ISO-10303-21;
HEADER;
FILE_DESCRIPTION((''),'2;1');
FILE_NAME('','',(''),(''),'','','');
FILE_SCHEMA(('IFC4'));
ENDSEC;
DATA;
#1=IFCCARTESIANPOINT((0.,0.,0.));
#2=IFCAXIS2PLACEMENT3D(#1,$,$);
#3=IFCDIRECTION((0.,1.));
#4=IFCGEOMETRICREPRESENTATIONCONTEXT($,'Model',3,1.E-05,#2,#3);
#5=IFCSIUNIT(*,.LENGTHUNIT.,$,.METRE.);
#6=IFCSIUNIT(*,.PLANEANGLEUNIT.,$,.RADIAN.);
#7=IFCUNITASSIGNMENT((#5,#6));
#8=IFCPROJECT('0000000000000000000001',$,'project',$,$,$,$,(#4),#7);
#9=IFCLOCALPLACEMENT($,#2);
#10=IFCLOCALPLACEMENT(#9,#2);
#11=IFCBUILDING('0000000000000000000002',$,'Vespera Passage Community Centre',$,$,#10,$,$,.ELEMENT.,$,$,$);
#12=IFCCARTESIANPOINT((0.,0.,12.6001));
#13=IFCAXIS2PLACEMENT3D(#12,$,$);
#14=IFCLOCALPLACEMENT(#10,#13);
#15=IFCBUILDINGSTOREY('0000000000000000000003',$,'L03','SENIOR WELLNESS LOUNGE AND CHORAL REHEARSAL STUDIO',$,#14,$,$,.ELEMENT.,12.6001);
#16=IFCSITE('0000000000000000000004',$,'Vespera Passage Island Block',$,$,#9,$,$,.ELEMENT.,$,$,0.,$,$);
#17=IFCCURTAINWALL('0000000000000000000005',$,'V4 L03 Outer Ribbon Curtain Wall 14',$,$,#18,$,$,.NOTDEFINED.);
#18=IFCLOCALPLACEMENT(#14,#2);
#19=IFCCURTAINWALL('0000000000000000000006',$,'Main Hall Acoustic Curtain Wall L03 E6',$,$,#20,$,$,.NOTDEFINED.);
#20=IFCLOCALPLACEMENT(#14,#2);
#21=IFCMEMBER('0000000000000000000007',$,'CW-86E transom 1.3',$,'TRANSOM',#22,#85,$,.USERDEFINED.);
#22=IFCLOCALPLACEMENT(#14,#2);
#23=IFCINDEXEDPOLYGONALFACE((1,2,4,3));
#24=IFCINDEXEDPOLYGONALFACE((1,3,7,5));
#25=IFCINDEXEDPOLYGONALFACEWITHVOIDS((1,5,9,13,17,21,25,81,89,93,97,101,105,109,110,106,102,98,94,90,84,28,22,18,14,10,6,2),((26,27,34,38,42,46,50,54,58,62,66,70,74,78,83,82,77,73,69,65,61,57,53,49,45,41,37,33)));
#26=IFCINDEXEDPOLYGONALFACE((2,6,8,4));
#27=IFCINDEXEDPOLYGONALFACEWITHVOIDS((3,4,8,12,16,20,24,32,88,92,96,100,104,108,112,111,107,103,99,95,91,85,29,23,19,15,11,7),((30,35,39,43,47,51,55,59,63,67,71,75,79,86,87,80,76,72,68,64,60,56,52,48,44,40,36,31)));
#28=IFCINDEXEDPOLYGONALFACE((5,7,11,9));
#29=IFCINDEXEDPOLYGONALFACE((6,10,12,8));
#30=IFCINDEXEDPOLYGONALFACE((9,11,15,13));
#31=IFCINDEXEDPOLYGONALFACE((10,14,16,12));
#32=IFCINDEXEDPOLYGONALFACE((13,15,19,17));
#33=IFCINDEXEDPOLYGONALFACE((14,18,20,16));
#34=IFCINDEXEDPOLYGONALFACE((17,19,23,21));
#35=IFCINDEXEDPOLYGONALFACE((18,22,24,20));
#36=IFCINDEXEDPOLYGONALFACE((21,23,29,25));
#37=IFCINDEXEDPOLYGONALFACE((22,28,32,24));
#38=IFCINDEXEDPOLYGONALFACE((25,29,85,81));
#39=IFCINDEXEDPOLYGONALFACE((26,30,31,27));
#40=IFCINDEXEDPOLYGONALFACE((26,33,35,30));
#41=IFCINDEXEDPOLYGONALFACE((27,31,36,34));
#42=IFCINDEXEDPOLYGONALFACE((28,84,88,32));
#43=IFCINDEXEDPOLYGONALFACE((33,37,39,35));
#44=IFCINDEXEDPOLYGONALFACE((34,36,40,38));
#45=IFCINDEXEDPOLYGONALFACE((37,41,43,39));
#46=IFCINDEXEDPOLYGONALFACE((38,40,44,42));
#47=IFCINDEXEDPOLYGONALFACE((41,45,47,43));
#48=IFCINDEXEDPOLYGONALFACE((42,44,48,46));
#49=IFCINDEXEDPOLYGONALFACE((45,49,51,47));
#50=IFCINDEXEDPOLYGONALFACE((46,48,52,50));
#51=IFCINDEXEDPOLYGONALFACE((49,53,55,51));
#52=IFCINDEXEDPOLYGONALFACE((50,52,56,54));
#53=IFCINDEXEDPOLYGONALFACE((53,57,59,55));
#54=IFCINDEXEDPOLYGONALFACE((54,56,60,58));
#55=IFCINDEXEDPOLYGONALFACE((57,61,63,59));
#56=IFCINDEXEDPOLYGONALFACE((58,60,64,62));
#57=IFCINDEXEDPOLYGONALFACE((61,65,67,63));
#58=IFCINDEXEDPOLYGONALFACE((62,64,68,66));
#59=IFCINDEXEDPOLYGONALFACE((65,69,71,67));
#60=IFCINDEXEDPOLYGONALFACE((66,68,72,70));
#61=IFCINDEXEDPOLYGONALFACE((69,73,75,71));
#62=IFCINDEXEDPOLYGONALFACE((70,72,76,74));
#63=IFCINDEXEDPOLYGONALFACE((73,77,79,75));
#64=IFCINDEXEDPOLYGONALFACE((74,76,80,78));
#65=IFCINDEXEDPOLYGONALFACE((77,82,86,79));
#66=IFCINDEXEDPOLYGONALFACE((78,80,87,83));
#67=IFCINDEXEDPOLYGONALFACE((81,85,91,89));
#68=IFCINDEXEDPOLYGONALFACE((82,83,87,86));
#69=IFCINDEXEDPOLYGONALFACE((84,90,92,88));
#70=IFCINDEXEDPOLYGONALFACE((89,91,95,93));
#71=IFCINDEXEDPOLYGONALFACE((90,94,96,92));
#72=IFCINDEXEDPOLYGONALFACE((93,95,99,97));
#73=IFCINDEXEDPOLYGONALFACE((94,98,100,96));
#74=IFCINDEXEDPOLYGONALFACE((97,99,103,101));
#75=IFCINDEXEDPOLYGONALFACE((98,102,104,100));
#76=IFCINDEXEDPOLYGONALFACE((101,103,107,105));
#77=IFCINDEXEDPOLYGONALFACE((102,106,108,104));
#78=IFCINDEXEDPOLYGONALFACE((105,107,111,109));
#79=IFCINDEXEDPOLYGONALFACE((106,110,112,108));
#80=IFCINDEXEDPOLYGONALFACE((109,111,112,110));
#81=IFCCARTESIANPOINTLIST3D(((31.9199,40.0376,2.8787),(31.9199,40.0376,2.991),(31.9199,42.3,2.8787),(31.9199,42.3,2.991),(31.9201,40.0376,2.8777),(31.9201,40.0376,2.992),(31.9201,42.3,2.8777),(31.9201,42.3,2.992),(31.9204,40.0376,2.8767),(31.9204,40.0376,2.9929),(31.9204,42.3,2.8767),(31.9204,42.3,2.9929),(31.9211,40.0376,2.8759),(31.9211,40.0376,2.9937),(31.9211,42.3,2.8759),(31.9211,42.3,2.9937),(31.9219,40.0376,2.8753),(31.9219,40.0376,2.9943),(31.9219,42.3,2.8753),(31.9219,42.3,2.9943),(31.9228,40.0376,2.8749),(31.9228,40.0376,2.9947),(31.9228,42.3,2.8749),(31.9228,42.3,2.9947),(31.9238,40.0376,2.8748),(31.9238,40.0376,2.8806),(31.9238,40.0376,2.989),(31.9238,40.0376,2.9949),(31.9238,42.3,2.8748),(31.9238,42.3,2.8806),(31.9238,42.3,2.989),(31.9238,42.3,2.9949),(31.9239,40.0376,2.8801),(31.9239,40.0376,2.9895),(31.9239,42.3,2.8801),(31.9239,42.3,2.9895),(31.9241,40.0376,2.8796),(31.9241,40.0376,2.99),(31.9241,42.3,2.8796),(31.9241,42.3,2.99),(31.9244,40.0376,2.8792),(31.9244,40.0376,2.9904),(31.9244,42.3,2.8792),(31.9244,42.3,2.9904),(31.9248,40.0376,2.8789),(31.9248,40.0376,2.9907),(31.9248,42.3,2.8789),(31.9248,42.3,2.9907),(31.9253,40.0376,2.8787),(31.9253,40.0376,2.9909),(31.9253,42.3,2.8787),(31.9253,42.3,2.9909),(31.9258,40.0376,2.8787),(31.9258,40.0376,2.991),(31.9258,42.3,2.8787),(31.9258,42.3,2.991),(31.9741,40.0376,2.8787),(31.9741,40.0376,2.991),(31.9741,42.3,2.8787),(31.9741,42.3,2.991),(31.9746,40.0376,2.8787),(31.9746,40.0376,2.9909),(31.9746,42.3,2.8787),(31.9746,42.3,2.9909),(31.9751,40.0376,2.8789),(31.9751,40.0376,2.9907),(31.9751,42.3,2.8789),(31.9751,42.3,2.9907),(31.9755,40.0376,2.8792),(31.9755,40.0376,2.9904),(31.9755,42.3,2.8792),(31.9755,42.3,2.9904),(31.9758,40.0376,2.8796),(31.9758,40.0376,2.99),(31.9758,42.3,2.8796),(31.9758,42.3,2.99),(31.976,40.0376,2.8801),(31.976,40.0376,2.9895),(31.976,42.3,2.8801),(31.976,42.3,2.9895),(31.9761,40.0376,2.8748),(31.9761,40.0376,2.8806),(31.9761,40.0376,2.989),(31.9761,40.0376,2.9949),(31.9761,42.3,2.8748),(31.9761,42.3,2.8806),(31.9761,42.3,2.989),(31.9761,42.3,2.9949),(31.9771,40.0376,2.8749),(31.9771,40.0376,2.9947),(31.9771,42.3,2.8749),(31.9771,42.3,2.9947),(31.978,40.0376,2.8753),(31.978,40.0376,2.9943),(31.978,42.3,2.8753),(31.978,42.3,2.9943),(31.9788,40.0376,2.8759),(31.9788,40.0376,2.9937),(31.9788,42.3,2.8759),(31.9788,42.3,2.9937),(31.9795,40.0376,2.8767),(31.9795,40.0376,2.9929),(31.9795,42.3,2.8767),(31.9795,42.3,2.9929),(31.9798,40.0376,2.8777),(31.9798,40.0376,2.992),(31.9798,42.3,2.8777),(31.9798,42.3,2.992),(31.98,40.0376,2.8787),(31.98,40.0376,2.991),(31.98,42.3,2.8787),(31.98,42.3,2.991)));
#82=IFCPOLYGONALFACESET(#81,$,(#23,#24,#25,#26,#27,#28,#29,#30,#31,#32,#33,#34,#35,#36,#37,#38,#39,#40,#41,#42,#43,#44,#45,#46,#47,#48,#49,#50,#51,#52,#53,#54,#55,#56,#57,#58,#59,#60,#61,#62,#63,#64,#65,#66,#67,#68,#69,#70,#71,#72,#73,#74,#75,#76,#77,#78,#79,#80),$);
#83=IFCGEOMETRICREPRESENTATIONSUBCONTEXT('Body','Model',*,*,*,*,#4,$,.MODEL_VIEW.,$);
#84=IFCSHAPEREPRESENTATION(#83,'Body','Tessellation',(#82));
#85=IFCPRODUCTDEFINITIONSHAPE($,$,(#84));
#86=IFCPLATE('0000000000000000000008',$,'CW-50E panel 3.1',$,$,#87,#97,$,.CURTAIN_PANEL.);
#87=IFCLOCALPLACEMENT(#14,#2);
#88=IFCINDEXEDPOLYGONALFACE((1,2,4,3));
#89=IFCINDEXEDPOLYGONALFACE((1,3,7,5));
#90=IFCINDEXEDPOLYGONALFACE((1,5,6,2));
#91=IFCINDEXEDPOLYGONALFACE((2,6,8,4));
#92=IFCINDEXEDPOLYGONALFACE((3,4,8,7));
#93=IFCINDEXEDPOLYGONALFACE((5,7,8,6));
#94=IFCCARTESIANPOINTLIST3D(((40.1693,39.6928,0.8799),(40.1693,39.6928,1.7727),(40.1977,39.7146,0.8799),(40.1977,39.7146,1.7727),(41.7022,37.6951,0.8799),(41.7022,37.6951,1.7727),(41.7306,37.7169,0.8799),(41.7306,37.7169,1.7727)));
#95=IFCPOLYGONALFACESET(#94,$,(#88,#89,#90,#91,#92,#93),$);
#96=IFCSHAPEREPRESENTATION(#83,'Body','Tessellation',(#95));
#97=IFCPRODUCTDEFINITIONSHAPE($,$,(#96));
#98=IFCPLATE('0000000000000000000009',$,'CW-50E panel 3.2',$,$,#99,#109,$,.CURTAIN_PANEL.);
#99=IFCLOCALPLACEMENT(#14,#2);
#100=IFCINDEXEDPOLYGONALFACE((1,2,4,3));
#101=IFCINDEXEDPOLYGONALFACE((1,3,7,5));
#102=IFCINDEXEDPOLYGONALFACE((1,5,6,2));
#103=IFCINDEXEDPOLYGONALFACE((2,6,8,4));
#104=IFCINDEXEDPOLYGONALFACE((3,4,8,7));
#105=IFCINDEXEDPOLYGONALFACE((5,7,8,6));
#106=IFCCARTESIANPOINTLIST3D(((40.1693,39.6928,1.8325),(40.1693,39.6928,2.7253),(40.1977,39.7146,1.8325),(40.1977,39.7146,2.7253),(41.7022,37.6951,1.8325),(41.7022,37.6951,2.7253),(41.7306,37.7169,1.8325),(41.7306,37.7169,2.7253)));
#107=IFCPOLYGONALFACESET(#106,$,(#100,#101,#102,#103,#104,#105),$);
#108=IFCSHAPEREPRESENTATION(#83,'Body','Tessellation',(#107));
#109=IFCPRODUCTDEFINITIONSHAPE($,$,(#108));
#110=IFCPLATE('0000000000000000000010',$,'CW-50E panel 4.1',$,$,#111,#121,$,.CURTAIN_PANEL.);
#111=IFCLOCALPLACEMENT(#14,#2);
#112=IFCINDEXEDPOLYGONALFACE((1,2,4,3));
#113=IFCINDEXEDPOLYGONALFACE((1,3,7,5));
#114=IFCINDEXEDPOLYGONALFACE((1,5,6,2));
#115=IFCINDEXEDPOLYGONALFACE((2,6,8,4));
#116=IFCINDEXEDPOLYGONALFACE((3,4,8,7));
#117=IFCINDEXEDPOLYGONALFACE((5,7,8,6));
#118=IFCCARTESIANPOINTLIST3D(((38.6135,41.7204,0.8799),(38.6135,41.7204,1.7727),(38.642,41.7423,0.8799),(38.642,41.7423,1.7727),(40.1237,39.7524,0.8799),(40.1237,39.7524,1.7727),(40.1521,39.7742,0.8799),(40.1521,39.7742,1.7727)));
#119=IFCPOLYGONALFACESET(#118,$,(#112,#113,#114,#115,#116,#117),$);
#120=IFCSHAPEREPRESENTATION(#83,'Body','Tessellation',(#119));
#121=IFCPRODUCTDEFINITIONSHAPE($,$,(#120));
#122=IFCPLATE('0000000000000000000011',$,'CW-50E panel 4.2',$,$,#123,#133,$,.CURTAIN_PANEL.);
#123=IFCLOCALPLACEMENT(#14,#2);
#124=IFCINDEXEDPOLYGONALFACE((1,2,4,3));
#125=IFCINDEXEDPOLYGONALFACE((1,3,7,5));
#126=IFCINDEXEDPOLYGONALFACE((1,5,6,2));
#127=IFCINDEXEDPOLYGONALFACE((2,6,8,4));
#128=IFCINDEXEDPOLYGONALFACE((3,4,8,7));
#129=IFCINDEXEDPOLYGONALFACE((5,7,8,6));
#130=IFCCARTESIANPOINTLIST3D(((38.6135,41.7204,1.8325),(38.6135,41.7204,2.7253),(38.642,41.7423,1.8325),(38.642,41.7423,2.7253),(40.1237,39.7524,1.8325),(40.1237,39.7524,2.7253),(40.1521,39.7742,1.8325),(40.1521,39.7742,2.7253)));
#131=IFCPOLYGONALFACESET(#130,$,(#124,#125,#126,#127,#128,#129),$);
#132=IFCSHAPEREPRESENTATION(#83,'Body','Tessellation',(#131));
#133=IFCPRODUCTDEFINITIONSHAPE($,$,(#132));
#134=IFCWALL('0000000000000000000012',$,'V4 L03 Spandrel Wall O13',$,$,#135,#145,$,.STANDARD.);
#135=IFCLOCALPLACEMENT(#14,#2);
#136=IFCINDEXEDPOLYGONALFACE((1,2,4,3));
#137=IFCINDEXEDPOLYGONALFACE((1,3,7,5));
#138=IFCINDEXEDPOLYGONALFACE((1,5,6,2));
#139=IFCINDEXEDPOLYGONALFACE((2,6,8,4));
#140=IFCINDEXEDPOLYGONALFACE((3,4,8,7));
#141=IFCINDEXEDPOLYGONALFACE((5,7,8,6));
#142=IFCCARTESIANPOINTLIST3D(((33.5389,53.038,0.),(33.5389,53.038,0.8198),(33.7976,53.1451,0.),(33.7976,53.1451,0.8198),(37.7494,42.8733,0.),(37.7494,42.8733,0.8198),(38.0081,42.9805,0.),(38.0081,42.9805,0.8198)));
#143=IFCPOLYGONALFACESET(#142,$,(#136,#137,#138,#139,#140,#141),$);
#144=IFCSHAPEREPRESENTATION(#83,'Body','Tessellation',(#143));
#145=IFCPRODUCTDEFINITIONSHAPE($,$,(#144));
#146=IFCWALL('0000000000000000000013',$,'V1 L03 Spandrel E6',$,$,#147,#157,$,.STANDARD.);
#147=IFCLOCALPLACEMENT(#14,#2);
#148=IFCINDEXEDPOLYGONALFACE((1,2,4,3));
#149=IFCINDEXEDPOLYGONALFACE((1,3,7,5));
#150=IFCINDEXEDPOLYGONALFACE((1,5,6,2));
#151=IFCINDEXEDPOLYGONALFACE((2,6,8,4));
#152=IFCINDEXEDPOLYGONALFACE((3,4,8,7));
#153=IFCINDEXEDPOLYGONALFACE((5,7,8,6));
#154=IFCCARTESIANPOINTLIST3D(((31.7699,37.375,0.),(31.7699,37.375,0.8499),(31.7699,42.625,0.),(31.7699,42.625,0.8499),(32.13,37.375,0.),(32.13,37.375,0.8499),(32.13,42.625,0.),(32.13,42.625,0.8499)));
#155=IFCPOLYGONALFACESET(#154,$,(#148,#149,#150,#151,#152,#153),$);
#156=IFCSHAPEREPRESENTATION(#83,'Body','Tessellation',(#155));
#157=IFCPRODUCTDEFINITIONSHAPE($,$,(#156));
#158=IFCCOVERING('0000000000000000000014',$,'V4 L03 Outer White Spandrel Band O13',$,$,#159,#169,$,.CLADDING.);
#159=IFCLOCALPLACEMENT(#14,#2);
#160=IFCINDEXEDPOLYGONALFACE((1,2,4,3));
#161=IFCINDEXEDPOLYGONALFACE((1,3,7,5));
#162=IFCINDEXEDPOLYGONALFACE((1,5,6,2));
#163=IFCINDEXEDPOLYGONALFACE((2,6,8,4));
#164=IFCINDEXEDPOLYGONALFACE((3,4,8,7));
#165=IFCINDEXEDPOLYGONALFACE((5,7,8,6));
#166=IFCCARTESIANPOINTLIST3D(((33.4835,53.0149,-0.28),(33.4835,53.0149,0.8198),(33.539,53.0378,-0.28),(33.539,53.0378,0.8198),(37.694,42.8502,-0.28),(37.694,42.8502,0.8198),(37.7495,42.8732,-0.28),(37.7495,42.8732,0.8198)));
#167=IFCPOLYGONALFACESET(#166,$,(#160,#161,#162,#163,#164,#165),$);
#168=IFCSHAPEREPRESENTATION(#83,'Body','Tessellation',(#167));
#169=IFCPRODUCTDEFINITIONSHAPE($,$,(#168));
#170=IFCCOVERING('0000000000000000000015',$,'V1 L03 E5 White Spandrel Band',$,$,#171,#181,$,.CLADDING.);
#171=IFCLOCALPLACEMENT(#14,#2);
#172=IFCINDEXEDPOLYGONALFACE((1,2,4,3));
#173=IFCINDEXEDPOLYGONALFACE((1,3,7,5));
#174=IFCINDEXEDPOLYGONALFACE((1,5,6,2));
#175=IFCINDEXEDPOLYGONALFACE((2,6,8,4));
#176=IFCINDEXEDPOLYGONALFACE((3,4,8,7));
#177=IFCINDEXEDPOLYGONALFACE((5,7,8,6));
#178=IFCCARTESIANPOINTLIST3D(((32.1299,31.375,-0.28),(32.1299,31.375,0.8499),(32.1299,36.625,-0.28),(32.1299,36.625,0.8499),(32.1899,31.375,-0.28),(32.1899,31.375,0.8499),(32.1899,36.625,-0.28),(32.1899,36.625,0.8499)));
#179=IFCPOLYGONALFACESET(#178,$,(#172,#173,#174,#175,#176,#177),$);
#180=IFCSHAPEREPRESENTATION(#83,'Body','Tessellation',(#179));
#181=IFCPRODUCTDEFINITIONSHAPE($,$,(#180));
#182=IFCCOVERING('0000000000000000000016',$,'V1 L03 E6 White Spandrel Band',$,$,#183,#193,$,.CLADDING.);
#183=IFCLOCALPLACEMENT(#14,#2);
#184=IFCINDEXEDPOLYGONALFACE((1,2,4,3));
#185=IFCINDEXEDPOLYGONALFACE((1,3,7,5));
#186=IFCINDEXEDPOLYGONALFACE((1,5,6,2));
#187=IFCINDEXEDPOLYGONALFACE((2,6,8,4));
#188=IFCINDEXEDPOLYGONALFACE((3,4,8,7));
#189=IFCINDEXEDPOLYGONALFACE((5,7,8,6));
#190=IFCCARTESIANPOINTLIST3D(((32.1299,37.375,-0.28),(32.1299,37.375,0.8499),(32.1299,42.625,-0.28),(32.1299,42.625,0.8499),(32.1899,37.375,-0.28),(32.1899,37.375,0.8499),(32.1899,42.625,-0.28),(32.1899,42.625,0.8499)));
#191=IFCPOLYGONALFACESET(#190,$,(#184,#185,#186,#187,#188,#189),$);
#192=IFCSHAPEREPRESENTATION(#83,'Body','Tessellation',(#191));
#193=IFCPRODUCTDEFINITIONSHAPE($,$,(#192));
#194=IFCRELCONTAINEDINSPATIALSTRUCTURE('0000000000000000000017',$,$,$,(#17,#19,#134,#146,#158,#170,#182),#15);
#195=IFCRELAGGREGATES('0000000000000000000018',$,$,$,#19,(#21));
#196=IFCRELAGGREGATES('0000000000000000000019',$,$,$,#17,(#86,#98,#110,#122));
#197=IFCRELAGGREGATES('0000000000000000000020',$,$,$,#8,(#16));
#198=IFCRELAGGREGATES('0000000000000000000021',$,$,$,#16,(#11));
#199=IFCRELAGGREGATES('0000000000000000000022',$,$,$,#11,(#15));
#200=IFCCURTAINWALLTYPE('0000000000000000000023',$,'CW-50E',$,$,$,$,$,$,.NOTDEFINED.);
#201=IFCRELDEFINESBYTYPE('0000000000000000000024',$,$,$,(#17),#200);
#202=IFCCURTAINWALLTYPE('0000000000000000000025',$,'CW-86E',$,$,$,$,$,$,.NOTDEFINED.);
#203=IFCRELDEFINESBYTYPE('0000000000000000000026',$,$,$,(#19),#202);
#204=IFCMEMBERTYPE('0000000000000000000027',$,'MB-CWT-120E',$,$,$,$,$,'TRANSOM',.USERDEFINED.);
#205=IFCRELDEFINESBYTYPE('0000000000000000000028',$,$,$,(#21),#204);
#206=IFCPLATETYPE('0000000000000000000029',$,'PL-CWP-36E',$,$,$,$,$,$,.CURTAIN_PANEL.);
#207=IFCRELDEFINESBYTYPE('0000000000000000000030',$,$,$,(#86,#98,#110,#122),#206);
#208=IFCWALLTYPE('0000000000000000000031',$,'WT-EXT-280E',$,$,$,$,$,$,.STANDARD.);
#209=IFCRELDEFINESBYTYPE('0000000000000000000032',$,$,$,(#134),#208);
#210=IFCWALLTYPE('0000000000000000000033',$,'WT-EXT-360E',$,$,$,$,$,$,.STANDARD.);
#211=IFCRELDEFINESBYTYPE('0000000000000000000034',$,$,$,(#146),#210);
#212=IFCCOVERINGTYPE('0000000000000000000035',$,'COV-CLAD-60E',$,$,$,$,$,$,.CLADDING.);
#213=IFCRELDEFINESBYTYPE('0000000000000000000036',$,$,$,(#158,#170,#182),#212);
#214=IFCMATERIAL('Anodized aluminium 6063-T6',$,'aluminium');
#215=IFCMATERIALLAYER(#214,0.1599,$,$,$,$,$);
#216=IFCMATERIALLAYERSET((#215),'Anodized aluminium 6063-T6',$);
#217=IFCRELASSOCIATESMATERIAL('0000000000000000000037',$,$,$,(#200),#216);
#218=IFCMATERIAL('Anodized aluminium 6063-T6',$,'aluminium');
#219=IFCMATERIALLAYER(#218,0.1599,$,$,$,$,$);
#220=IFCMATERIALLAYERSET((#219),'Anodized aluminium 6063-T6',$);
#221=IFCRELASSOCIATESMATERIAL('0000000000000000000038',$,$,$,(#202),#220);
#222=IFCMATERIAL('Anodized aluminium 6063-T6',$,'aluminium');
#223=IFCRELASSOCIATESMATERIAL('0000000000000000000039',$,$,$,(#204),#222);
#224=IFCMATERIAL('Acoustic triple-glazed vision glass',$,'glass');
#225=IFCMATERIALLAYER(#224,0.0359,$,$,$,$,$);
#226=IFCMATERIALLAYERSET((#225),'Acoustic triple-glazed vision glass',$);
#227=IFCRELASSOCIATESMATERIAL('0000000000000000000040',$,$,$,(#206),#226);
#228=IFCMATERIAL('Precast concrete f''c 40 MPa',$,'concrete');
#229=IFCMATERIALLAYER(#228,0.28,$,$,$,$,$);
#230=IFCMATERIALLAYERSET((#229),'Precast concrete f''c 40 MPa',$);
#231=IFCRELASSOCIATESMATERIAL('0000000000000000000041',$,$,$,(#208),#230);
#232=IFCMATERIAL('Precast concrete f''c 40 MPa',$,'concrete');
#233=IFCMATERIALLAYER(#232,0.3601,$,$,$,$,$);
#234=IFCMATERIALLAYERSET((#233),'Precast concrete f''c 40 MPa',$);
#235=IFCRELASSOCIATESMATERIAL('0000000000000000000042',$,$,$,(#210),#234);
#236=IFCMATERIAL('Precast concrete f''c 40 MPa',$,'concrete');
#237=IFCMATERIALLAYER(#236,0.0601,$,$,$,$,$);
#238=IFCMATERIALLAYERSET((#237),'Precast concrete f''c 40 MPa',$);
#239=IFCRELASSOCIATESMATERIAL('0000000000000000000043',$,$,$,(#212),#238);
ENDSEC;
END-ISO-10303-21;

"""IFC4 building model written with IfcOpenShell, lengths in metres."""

from ifc_helpers import new_model, si_unit, direction, frame, frame_2d, origin, origin_2d, place, context, subcontext, project, spatial, rectangle, hollow_rectangle, extrude, material, layer, layer_set, material_profile, profile_set, type_object, element, aggregate, save


model = new_model("IFC4")

# Units and contexts
model_context = context("Model", 3, precision=1e-05, world=origin(), true_north=direction((0.0, 1.0)))
body_context = subcontext(model_context, "Body", "Model", "MODEL_VIEW")
ifc_project = project(units=[si_unit("LENGTHUNIT", "METRE"), si_unit("PLANEANGLEUNIT", "RADIAN")], contexts=[model_context])

# Site, building, storey
site_placement = place(None, origin())
site = spatial("IfcSite", under=ifc_project, at=site_placement, Name="Vespera Passage Island Block", CompositionType="ELEMENT", RefElevation=0.0)
building_placement = place(site_placement, origin())
building = spatial("IfcBuilding", under=site, at=building_placement, Name="Vespera Passage Community Centre", CompositionType="ELEMENT")
storey_placement = place(building_placement, frame((0.0, 0.0, 12.6001)))
storey = spatial("IfcBuildingStorey", under=building, at=storey_placement, Name="L03", Description="SENIOR WELLNESS LOUNGE AND CHORAL REHEARSAL STUDIO", CompositionType="ELEMENT", Elevation=12.6001)

# Curtain wall
ifc_material_1 = material(Name="Anodized aluminium 6063-T6", Category="aluminium")
ifc_layer_1 = layer(ifc_material_1, 0.1599)
ifc_layer_set_1 = layer_set([ifc_layer_1], Name="Anodized aluminium 6063-T6")
curtain_wall_type_1 = type_object("IfcCurtainWallType", Name="CW-50E", PredefinedType="NOTDEFINED", material=ifc_layer_set_1)
curtain_wall_1_placement = place(storey_placement, origin())
curtain_wall_1 = element("IfcCurtainWall", 1, at=curtain_wall_1_placement, inside=storey, type_object=curtain_wall_type_1, Name="V4 L03 Outer Ribbon Curtain Wall 14", PredefinedType="NOTDEFINED")

# Curtain wall
ifc_material_2 = material(Name="Anodized aluminium 6063-T6", Category="aluminium")
ifc_layer_2 = layer(ifc_material_2, 0.1599)
ifc_layer_set_2 = layer_set([ifc_layer_2], Name="Anodized aluminium 6063-T6")
curtain_wall_type_2 = type_object("IfcCurtainWallType", Name="CW-86E", PredefinedType="NOTDEFINED", material=ifc_layer_set_2)
curtain_wall_2_placement = place(storey_placement, origin())
curtain_wall_2 = element("IfcCurtainWall", 2, at=curtain_wall_2_placement, inside=storey, type_object=curtain_wall_type_2, Name="Main Hall Acoustic Curtain Wall L03 E6", PredefinedType="NOTDEFINED")

# Member
ifc_material_3 = material(Name="Anodized aluminium 6063-T6", Category="aluminium")
ifc_material_profile_1 = material_profile(ifc_material_3, hollow_rectangle(XDim=0.0601, YDim=0.1201, WallThickness=0.0039, InnerFilletRadius=0.002, OuterFilletRadius=0.0039, at=origin_2d()), Name="ALU120X60X4")
ifc_profile_set_1 = profile_set([ifc_material_profile_1], Name="Anodized aluminium 6063-T6")
member_type_1 = type_object("IfcMemberType", Name="MB-CWT-120E", ElementType="TRANSOM", PredefinedType="USERDEFINED", material=ifc_profile_set_1)
member_1_placement = place(storey_placement, frame((31.95, 42.3, 2.9348), z_axis=(0.0, -1.0, 0.0), x_axis=(1.0, 0.0, 0.0)))
member_1 = element("IfcMember", 3, at=member_1_placement, type_object=member_type_1, Name="CW-86E transom 1.3", ObjectType="TRANSOM", PredefinedType="USERDEFINED", context=body_context, shape_type="SweptSolid", body=[
    extrude(hollow_rectangle(XDim=0.0601, YDim=0.1201, WallThickness=0.0039, InnerFilletRadius=0.002, OuterFilletRadius=0.0039, at=origin_2d()), origin(), (0.0, 0.0, 1.0), 2.2625),
])
aggregate(curtain_wall_2, [member_1])

# Plates
ifc_material_4 = material(Name="Acoustic triple-glazed vision glass", Category="glass")
ifc_layer_3 = layer(ifc_material_4, 0.0359)
ifc_layer_set_3 = layer_set([ifc_layer_3], Name="Acoustic triple-glazed vision glass")
plate_type = type_object("IfcPlateType", Name="PL-CWP-36E", PredefinedType="CURTAIN_PANEL", material=ifc_layer_set_3)
plate_1_placement = place(storey_placement, frame((40.95, 38.7048, 0.8799), z_axis=(0.0, 0.0, 1.0), x_axis=(-0.608765, 0.79335, 0.0)))
plate_1 = element("IfcPlate", 4, at=plate_1_placement, type_object=plate_type, Name="CW-50E panel 3.1", PredefinedType="CURTAIN_PANEL", context=body_context, shape_type="SweptSolid", body=[
    extrude(rectangle(XDim=2.5181, YDim=0.0359, at=origin_2d()), origin(), (0.0, 0.0, 1.0), 0.8928),
])
plate_2_placement = place(storey_placement, frame((40.95, 38.7048, 1.8325), z_axis=(0.0, 0.0, 1.0), x_axis=(-0.608765, 0.79335, 0.0)))
plate_2 = element("IfcPlate", 5, at=plate_2_placement, type_object=plate_type, Name="CW-50E panel 3.2", PredefinedType="CURTAIN_PANEL", context=body_context, shape_type="SweptSolid", body=[
    extrude(rectangle(XDim=2.5181, YDim=0.0359, at=origin_2d()), origin(), (0.0, 0.0, 1.0), 0.8928),
])
plate_3_placement = place(storey_placement, frame((39.3828, 40.7473, 0.8799), z_axis=(0.0, 0.0, 1.0), x_axis=(-0.608765, 0.79335, 0.0)))
plate_3 = element("IfcPlate", 6, at=plate_3_placement, type_object=plate_type, Name="CW-50E panel 4.1", PredefinedType="CURTAIN_PANEL", context=body_context, shape_type="SweptSolid", body=[
    extrude(rectangle(XDim=2.4807, YDim=0.0359, at=origin_2d()), origin(), (0.0, 0.0, 1.0), 0.8928),
])
plate_4_placement = place(storey_placement, frame((39.3828, 40.7473, 1.8325), z_axis=(0.0, 0.0, 1.0), x_axis=(-0.608765, 0.79335, 0.0)))
plate_4 = element("IfcPlate", 7, at=plate_4_placement, type_object=plate_type, Name="CW-50E panel 4.2", PredefinedType="CURTAIN_PANEL", context=body_context, shape_type="SweptSolid", body=[
    extrude(rectangle(XDim=2.4807, YDim=0.0359, at=origin_2d()), origin(), (0.0, 0.0, 1.0), 0.8928),
])
aggregate(curtain_wall_1, [plate_1, plate_2, plate_3, plate_4])

# Walls
ifc_material_5 = material(Name="Precast concrete f'c 40 MPa", Category="concrete")
ifc_layer_4 = layer(ifc_material_5, 0.28)
ifc_layer_set_4 = layer_set([ifc_layer_4], Name="Precast concrete f'c 40 MPa")
wall_type_1 = type_object("IfcWallType", Name="WT-EXT-280E", PredefinedType="STANDARD", material=ifc_layer_set_4)
wall_1_placement = place(storey_placement, frame((37.8787, 42.927, 0.0), z_axis=(0.0, 0.0, 1.0), x_axis=(-0.382695, 0.923875, 0.0)))
element("IfcWall", 8, at=wall_1_placement, inside=storey, type_object=wall_type_1, Name="V4 L03 Spandrel Wall O13", PredefinedType="STANDARD", context=body_context, shape_type="SweptSolid", body=[
    extrude(rectangle(XDim=11.0022, YDim=0.28, at=frame_2d((5.501, 0.0))), origin(), (0.0, 0.0, 1.0), 0.8198),
])
ifc_material_6 = material(Name="Precast concrete f'c 40 MPa", Category="concrete")
ifc_layer_5 = layer(ifc_material_6, 0.3601)
ifc_layer_set_5 = layer_set([ifc_layer_5], Name="Precast concrete f'c 40 MPa")
wall_type_2 = type_object("IfcWallType", Name="WT-EXT-360E", PredefinedType="STANDARD", material=ifc_layer_set_5)
wall_2_placement = place(storey_placement, frame((31.95, 42.625, 0.0), z_axis=(0.0, 0.0, 1.0), x_axis=(0.0, -1.0, 0.0)))
element("IfcWall", 9, at=wall_2_placement, inside=storey, type_object=wall_type_2, Name="V1 L03 Spandrel E6", PredefinedType="STANDARD", context=body_context, shape_type="SweptSolid", body=[
    extrude(rectangle(XDim=5.25, YDim=0.3601, at=frame_2d((2.625, 0.0))), origin(), (0.0, 0.0, 1.0), 0.8499),
])

# Coverings
ifc_material_7 = material(Name="Precast concrete f'c 40 MPa", Category="concrete")
ifc_layer_6 = layer(ifc_material_7, 0.0601)
ifc_layer_set_6 = layer_set([ifc_layer_6], Name="Precast concrete f'c 40 MPa")
covering_type = type_object("IfcCoveringType", Name="COV-CLAD-60E", PredefinedType="CLADDING", material=ifc_layer_set_6)
covering_placement = place(storey_placement, frame((37.7217, 42.8618, -0.28), z_axis=(0.0, 0.0, 1.0), x_axis=(-0.382695, 0.923875, 0.0)))
element("IfcCovering", 10, at=covering_placement, inside=storey, type_object=covering_type, Name="V4 L03 Outer White Spandrel Band O13", PredefinedType="CLADDING", context=body_context, shape_type="SweptSolid", body=[
    extrude(rectangle(XDim=11.0022, YDim=0.0601, at=frame_2d((5.501, 0.0))), origin(), (0.0, 0.0, 1.0), 1.0999),
])
for number, where, z_axis, x_axis, name in (
    (11, (32.1599, 36.625, -0.28), (0.0, 0.0, 1.0), (0.0, -1.0, 0.0), "V1 L03 E5 White Spandrel Band"),
    (12, (32.1599, 42.625, -0.28), (0.0, 0.0, 1.0), (0.0, -1.0, 0.0), "V1 L03 E6 White Spandrel Band"),
):
    element("IfcCovering", number, at=place(storey_placement, frame(where, z_axis=z_axis, x_axis=x_axis)), inside=storey, type_object=covering_type, Name=name, PredefinedType="CLADDING", context=body_context, shape_type="SweptSolid", body=[
        extrude(rectangle(XDim=5.25, YDim=0.0601, at=frame_2d((2.625, 0.0))), origin(), (0.0, 0.0, 1.0), 1.1299),
    ])

save(model, "model.ifc")
